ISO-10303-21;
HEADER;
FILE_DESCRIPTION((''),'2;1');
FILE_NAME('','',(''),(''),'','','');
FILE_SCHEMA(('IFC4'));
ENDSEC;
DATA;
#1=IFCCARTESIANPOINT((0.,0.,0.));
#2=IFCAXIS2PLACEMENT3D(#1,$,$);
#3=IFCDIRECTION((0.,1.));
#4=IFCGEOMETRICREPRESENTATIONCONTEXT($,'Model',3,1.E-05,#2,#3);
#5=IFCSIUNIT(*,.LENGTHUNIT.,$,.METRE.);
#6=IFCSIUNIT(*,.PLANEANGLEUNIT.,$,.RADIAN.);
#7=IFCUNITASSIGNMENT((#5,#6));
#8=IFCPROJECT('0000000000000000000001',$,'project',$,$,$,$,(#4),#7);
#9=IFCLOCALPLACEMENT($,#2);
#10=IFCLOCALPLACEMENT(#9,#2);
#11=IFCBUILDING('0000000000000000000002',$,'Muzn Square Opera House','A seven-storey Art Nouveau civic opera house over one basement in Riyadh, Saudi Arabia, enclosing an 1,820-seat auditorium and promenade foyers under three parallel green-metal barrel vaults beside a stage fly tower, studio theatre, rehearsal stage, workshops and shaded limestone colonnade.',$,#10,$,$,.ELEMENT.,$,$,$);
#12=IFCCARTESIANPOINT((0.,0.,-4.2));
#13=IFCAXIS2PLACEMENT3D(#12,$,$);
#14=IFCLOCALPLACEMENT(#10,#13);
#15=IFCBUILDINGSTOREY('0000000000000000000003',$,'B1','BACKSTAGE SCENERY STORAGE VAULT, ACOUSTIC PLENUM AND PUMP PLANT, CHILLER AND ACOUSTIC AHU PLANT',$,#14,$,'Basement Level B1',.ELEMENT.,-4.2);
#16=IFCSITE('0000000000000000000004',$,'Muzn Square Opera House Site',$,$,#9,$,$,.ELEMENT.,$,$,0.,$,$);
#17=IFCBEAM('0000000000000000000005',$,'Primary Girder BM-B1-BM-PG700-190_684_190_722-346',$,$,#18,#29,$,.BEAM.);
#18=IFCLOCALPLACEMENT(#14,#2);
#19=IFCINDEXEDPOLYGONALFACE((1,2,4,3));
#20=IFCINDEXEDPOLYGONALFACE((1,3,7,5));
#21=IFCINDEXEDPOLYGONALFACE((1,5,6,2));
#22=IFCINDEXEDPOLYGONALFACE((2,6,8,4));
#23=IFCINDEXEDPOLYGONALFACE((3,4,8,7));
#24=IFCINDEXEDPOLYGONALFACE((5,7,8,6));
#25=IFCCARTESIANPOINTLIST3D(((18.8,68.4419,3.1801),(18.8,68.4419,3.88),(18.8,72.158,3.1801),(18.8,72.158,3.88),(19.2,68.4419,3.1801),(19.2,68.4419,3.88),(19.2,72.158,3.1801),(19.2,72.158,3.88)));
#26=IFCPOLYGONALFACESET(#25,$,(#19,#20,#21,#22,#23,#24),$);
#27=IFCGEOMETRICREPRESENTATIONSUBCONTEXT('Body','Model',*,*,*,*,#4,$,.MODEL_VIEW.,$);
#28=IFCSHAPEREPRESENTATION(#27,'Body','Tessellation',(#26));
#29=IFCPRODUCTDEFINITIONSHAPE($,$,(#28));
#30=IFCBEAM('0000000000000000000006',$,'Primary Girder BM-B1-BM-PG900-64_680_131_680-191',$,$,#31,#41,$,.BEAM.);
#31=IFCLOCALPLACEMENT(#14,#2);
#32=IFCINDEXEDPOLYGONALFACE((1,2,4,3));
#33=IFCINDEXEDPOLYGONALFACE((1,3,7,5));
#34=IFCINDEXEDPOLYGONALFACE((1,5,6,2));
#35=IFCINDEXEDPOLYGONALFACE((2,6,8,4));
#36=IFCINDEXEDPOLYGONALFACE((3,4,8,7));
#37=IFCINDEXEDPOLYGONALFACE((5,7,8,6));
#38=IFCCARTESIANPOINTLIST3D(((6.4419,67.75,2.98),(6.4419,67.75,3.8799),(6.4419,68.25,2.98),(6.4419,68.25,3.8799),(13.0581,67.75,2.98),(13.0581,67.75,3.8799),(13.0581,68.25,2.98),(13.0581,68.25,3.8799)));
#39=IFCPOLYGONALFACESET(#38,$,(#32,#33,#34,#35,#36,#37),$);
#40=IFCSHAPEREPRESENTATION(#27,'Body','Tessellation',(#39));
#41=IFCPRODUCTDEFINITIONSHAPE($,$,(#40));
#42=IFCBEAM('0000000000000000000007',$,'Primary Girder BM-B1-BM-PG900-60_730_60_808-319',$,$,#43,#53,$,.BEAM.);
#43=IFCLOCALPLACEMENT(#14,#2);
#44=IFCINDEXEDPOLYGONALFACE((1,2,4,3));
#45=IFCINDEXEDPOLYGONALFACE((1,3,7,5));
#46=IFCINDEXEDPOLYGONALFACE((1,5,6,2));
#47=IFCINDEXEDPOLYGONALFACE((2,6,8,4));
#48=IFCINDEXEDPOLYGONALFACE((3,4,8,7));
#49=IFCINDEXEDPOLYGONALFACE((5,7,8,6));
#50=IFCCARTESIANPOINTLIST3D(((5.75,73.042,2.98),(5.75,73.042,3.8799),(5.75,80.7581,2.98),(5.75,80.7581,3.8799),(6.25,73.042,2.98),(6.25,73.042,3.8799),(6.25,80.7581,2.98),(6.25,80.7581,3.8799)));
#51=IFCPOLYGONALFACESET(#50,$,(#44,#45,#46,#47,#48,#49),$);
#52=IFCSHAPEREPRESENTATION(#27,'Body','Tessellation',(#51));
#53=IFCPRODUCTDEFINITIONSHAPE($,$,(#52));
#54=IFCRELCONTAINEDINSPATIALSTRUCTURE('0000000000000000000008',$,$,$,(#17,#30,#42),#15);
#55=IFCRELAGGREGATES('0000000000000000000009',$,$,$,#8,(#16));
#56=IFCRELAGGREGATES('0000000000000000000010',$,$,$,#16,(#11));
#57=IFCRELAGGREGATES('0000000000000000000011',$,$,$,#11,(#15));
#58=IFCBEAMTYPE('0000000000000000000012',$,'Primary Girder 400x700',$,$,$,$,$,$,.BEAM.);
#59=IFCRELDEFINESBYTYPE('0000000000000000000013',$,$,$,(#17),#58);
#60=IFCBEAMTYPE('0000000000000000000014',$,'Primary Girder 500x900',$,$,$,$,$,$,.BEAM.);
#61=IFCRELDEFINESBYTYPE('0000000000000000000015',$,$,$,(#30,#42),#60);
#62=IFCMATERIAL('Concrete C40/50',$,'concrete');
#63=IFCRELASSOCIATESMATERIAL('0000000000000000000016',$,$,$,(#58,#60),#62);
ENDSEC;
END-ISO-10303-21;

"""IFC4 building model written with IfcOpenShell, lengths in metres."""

from ifc_helpers import new_model, si_unit, direction, frame, origin, origin_2d, place, context, subcontext, project, spatial, rectangle, extrude, material, material_profile, profile_set, type_object, element, save


model = new_model("IFC4")

# Units and contexts
model_context = context("Model", 3, precision=1e-05, world=origin(), true_north=direction((0.0, 1.0)))
body_context = subcontext(model_context, "Body", "Model", "MODEL_VIEW")
ifc_project = project(units=[si_unit("LENGTHUNIT", "METRE"), si_unit("PLANEANGLEUNIT", "RADIAN")], contexts=[model_context])

# Site, building, storey
site_placement = place(None, origin())
site = spatial("IfcSite", under=ifc_project, at=site_placement, Name="Muzn Square Opera House Site", CompositionType="ELEMENT", RefElevation=0.0)
building_placement = place(site_placement, origin())
building = spatial("IfcBuilding", under=site, at=building_placement, Name="Muzn Square Opera House", Description="A seven-storey Art Nouveau civic opera house over one basement in Riyadh, Saudi Arabia, enclosing an 1,820-seat auditorium and promenade foyers under three parallel green-metal barrel vaults beside a stage fly tower, studio theatre, rehearsal stage, workshops and shaded limestone colonnade.", CompositionType="ELEMENT")
storey_placement = place(building_placement, frame((0.0, 0.0, -4.2)))
storey = spatial("IfcBuildingStorey", under=building, at=storey_placement, Name="B1", Description="BACKSTAGE SCENERY STORAGE VAULT, ACOUSTIC PLENUM AND PUMP PLANT, CHILLER AND ACOUSTIC AHU PLANT", LongName="Basement Level B1", CompositionType="ELEMENT", Elevation=-4.2)

# Shared definitions
ifc_material_1 = material(Name="Concrete C40/50", Category="concrete")

# Beams
ifc_material_profile_1 = material_profile(ifc_material_1, rectangle(XDim=0.3999, YDim=0.7, at=origin_2d()), Name="RCB 400x700", Category="concrete")
ifc_profile_set_1 = profile_set([ifc_material_profile_1], Name="Concrete C40/50")
beam_type_1 = type_object("IfcBeamType", Name="Primary Girder 400x700", PredefinedType="BEAM", material=ifc_profile_set_1)
beam_1_placement = place(storey_placement, frame((19.0, 68.4419, 3.53), z_axis=(0.0, 1.0, 0.0), x_axis=(-1.0, 0.0, 0.0)))
element("IfcBeam", 1, at=beam_1_placement, inside=storey, type_object=beam_type_1, Name="Primary Girder BM-B1-BM-PG700-190_684_190_722-346", PredefinedType="BEAM", context=body_context, shape_type="SweptSolid", body=[
    extrude(rectangle(XDim=0.3999, YDim=0.7, at=origin_2d()), origin(), (0.0, 0.0, 1.0), 3.7161),
])
ifc_material_profile_2 = material_profile(ifc_material_1, rectangle(XDim=0.5, YDim=0.8999, at=origin_2d()), Name="RCB 500x900", Category="concrete")
ifc_profile_set_2 = profile_set([ifc_material_profile_2], Name="Concrete C40/50")
beam_type_2 = type_object("IfcBeamType", Name="Primary Girder 500x900", PredefinedType="BEAM", material=ifc_profile_set_2)
beam_2_placement = place(storey_placement, frame((6.4419, 68.0, 3.4299), z_axis=(1.0, 0.0, 0.0), x_axis=(0.0, 1.0, 0.0)))
element("IfcBeam", 2, at=beam_2_placement, inside=storey, type_object=beam_type_2, Name="Primary Girder BM-B1-BM-PG900-64_680_131_680-191", PredefinedType="BEAM", context=body_context, shape_type="SweptSolid", body=[
    extrude(rectangle(XDim=0.5, YDim=0.8999, at=origin_2d()), origin(), (0.0, 0.0, 1.0), 6.6162),
])
beam_3_placement = place(storey_placement, frame((6.0, 73.042, 3.4299), z_axis=(0.0, 1.0, 0.0), x_axis=(-1.0, 0.0, 0.0)))
element("IfcBeam", 3, at=beam_3_placement, inside=storey, type_object=beam_type_2, Name="Primary Girder BM-B1-BM-PG900-60_730_60_808-319", PredefinedType="BEAM", context=body_context, shape_type="SweptSolid", body=[
    extrude(rectangle(XDim=0.5, YDim=0.8999, at=origin_2d()), origin(), (0.0, 0.0, 1.0), 7.7161),
])

save(model, "model.ifc")
